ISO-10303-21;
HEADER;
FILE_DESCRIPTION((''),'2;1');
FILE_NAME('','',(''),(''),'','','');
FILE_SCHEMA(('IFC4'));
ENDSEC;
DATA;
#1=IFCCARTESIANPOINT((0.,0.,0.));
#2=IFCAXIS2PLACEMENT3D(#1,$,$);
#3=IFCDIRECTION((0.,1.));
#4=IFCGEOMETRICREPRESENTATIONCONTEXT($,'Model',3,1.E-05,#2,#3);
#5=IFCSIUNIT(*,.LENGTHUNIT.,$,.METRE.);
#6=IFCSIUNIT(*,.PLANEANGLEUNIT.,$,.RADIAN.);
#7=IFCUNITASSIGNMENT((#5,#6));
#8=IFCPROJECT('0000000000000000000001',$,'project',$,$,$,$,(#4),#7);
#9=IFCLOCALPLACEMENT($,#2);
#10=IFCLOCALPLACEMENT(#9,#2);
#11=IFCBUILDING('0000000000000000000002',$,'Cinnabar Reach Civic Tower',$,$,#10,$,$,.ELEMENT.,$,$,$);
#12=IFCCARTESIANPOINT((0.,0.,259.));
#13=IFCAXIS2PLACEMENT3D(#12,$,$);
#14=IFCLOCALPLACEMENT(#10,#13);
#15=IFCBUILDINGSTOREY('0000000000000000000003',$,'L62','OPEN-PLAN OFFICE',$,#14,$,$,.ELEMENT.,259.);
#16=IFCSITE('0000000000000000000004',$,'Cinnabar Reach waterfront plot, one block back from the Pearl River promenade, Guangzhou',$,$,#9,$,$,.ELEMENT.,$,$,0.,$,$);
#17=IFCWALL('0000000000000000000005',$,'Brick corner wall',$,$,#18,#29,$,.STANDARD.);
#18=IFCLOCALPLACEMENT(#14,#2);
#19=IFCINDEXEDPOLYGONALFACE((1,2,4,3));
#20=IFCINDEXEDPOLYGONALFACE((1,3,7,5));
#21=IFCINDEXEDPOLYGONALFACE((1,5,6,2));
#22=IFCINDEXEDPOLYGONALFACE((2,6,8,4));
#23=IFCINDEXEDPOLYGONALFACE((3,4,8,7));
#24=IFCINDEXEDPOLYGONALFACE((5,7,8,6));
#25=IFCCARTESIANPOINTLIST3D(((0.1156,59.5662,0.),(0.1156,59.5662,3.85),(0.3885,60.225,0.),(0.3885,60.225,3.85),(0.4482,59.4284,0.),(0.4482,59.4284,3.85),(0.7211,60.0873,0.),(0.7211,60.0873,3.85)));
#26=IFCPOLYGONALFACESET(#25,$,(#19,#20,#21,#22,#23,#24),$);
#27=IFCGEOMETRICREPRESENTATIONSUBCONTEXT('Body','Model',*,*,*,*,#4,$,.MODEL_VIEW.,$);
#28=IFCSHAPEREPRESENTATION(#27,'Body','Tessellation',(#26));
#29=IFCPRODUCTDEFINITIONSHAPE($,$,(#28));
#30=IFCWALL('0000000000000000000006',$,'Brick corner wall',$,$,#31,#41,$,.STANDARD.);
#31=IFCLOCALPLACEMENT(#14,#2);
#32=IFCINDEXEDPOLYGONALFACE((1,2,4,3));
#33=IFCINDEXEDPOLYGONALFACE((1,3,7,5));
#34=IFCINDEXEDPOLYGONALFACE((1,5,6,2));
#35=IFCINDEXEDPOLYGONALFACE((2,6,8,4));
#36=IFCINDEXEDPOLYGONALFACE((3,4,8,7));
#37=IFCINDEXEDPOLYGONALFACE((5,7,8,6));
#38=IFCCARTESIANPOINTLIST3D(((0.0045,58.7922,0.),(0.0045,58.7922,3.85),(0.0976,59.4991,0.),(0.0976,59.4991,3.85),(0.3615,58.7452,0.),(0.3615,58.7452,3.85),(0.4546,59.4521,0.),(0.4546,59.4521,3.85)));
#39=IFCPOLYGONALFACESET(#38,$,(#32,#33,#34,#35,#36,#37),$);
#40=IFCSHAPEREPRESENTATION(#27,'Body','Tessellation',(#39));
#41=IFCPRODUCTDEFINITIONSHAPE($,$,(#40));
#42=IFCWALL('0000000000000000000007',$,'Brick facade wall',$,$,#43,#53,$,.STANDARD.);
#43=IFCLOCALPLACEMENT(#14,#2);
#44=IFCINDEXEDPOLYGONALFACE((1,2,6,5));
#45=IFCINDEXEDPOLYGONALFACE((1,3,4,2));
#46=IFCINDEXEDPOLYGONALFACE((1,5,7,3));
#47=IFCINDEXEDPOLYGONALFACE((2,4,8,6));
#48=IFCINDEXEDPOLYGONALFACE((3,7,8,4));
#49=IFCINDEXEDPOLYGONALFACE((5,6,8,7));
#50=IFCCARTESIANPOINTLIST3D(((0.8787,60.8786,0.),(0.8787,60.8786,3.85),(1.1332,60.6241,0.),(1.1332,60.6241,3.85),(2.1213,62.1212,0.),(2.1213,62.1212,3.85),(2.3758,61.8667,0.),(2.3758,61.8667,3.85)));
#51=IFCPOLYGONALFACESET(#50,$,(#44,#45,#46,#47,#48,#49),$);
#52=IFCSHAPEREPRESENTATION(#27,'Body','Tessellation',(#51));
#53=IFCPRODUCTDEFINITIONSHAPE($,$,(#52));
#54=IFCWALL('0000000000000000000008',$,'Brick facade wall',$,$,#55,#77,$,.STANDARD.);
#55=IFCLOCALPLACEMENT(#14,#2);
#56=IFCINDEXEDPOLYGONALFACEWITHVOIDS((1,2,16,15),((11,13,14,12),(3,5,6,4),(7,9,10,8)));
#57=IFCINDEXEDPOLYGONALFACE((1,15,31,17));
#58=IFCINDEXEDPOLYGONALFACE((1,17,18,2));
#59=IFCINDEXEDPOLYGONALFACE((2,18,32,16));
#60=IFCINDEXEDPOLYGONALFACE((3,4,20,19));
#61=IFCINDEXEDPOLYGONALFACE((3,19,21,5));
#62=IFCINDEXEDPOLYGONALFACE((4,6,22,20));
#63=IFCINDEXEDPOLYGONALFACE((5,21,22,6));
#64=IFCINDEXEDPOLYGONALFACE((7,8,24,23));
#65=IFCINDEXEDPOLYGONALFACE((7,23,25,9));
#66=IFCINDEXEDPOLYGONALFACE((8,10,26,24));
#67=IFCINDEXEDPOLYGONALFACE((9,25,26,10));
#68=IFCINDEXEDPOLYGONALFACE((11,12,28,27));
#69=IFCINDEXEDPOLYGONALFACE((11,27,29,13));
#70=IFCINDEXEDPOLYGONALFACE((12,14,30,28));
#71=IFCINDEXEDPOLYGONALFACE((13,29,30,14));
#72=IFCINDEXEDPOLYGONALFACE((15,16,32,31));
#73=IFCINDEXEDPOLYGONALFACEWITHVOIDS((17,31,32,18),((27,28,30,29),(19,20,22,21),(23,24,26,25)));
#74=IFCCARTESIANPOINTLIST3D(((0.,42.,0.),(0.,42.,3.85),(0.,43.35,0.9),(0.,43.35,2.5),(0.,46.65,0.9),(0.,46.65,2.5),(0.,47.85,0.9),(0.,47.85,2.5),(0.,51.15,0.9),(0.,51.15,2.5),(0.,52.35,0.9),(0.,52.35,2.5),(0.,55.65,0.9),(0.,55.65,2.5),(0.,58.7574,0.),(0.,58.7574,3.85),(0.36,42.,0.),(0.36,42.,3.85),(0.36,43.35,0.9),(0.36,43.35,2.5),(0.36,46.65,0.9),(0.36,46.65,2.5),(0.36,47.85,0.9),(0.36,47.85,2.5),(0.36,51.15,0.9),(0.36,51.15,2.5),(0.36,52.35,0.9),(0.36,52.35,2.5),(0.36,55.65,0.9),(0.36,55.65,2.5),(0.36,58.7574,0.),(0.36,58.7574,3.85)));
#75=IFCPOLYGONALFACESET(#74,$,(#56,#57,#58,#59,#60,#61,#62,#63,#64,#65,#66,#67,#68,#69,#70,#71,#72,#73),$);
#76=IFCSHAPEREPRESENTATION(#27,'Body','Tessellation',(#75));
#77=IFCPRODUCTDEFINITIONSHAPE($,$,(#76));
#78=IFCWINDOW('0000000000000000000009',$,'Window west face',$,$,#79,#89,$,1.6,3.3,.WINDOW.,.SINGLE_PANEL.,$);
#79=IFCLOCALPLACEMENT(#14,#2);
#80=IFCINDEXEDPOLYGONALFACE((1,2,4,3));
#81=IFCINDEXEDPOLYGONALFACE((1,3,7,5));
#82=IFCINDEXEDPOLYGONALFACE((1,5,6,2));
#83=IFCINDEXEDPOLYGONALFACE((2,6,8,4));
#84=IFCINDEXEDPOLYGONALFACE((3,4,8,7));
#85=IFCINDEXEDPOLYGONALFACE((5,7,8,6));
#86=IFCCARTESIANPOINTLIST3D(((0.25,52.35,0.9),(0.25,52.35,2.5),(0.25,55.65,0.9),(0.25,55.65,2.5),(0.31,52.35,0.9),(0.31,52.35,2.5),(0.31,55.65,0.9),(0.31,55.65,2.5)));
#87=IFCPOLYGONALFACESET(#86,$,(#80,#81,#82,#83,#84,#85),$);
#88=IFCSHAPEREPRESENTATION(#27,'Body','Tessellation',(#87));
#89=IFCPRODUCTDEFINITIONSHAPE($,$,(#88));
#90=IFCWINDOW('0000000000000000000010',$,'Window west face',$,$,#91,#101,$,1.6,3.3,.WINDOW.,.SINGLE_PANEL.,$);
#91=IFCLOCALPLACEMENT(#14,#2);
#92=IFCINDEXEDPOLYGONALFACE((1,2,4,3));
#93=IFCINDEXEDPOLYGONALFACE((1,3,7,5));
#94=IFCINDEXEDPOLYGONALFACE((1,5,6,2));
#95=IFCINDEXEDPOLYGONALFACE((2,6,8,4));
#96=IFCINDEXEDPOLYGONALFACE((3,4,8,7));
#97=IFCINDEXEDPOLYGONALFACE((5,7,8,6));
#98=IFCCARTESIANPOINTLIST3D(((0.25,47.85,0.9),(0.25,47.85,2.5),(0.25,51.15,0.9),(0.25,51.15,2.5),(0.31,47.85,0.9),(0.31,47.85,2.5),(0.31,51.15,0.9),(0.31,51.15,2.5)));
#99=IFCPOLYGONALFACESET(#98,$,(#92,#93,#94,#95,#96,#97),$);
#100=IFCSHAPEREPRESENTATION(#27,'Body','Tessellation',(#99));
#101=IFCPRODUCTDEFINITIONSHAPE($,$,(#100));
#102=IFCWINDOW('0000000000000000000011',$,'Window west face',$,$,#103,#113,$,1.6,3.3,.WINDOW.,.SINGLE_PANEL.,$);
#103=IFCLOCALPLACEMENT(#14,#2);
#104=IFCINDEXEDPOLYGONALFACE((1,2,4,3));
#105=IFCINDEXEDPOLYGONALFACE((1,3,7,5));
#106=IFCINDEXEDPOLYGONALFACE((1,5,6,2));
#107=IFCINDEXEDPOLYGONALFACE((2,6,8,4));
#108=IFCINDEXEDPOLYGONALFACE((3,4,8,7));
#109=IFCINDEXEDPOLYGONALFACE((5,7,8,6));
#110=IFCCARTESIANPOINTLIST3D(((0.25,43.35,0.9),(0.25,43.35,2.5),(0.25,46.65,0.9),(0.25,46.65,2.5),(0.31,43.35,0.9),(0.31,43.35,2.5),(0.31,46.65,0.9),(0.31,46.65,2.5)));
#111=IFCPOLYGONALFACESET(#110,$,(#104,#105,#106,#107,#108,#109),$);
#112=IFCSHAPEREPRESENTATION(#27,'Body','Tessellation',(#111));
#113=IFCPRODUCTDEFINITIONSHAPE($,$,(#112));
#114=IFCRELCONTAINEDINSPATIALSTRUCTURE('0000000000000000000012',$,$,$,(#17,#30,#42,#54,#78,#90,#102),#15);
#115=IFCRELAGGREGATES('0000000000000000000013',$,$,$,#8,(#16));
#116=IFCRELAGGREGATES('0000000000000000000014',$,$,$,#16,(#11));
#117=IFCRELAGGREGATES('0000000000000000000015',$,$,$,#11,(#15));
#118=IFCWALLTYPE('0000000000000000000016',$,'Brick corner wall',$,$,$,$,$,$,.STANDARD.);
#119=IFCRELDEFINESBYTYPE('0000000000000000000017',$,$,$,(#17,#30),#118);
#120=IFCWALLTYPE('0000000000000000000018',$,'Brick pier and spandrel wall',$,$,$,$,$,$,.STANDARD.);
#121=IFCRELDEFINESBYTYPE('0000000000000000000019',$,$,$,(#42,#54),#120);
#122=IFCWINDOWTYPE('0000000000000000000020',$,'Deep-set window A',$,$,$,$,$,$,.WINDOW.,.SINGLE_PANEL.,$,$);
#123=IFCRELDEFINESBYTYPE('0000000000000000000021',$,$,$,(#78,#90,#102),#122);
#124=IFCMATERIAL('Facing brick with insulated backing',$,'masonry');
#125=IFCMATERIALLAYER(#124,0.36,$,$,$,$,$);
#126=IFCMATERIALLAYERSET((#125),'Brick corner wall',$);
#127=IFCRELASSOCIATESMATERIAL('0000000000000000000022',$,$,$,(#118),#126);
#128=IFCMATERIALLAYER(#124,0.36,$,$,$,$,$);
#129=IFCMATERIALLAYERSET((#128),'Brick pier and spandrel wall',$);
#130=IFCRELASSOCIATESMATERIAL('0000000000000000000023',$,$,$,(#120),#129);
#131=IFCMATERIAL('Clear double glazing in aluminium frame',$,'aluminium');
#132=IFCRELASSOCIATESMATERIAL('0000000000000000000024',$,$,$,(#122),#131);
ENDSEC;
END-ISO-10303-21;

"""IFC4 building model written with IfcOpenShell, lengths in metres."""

from ifc_helpers import new_model, si_unit, direction, frame, frame_2d, origin, place, context, subcontext, project, spatial, rectangle, extrude, material, layer, layer_set, type_object, element, fill, save


model = new_model("IFC4")

# Units and contexts
model_context = context("Model", 3, precision=1e-05, world=origin(), true_north=direction((0.0, 1.0)))
body_context = subcontext(model_context, "Body", "Model", "MODEL_VIEW")
ifc_project = project(units=[si_unit("LENGTHUNIT", "METRE"), si_unit("PLANEANGLEUNIT", "RADIAN")], contexts=[model_context])

# Site, building, storey
site_placement = place(None, origin())
site = spatial("IfcSite", under=ifc_project, at=site_placement, Name="Cinnabar Reach waterfront plot, one block back from the Pearl River promenade, Guangzhou", CompositionType="ELEMENT", RefElevation=0.0)
building_placement = place(site_placement, origin())
building = spatial("IfcBuilding", under=site, at=building_placement, Name="Cinnabar Reach Civic Tower", CompositionType="ELEMENT")
storey_placement = place(building_placement, frame((0.0, 0.0, 259.0)))
storey = spatial("IfcBuildingStorey", under=building, at=storey_placement, Name="L62", Description="OPEN-PLAN OFFICE", CompositionType="ELEMENT", Elevation=259.0)

# Walls
ifc_material_1 = material(Name="Facing brick with insulated backing", Category="masonry")
ifc_layer_1 = layer(ifc_material_1, 0.36)
ifc_layer_set_1 = layer_set([ifc_layer_1], Name="Brick corner wall")
wall_type_1 = type_object("IfcWallType", Name="Brick corner wall", PredefinedType="STANDARD", material=ifc_layer_set_1)
for number, where, z_axis, x_axis, name in (
    (1, (0.5548, 60.1561, 0.0), (0.0, 0.0, 1.0), (-0.382703, -0.923872, 0.0), "Brick corner wall"),
    (2, (0.2761, 59.4756, 0.0), (0.0, 0.0, 1.0), (-0.130556, -0.991441, 0.0), "Brick corner wall"),
):
    element("IfcWall", number, at=place(storey_placement, frame(where, z_axis=z_axis, x_axis=x_axis)), inside=storey, type_object=wall_type_1, Name=name, PredefinedType="STANDARD", context=body_context, shape_type="SweptSolid", body=[
        extrude(rectangle(XDim=0.7131, YDim=0.36, at=frame_2d((0.3565, 0.0))), origin(), (0.0, 0.0, 1.0), 3.85),
    ])
ifc_layer_2 = layer(ifc_material_1, 0.36)
ifc_layer_set_2 = layer_set([ifc_layer_2], Name="Brick pier and spandrel wall")
wall_type_2 = type_object("IfcWallType", Name="Brick pier and spandrel wall", PredefinedType="STANDARD", material=ifc_layer_set_2)
wall_1_placement = place(storey_placement, frame((2.2486, 61.994, 0.0), z_axis=(0.0, 0.0, 1.0), x_axis=(-0.707107, -0.707107, 0.0)))
element("IfcWall", 3, at=wall_1_placement, inside=storey, type_object=wall_type_2, Name="Brick facade wall", PredefinedType="STANDARD", context=body_context, shape_type="SweptSolid", body=[
    extrude(rectangle(XDim=1.7573, YDim=0.36, at=frame_2d((0.8787, 0.0))), origin(), (0.0, 0.0, 1.0), 3.85),
])

# Wall, openings, windows
wall_2_placement = place(storey_placement, frame((0.18, 58.7574, 0.0), z_axis=(0.0, 0.0, 1.0), x_axis=(0.0, -1.0, 0.0)))
wall_2 = element("IfcWall", 4, at=wall_2_placement, inside=storey, type_object=wall_type_2, Name="Brick facade wall", PredefinedType="STANDARD", context=body_context, shape_type="SweptSolid", body=[
    extrude(rectangle(XDim=16.7574, YDim=0.36, at=frame_2d((8.3787, 0.0))), origin(), (0.0, 0.0, 1.0), 3.85),
])
opening_1_placement = place(wall_2_placement, frame((3.1074, 0.0, 0.9)))
opening_1 = element("IfcOpeningElement", 5, at=opening_1_placement, cuts=wall_2, PredefinedType="OPENING", context=body_context, shape_type="SweptSolid", body=[
    extrude(rectangle(XDim=3.3, YDim=1.6, at=frame_2d((1.65, 0.8))), frame((0.0, 0.19, 0.0), z_axis=(0.0, -1.0, 0.0), x_axis=(1.0, 0.0, 0.0)), (0.0, 0.0, 1.0), 0.38),
])
opening_2_placement = place(wall_2_placement, frame((7.6074, 0.0, 0.9)))
opening_2 = element("IfcOpeningElement", 6, at=opening_2_placement, cuts=wall_2, PredefinedType="OPENING", context=body_context, shape_type="SweptSolid", body=[
    extrude(rectangle(XDim=3.3, YDim=1.6, at=frame_2d((1.65, 0.8))), frame((0.0, 0.19, 0.0), z_axis=(0.0, -1.0, 0.0), x_axis=(1.0, 0.0, 0.0)), (0.0, 0.0, 1.0), 0.38),
])
opening_3_placement = place(wall_2_placement, frame((12.1074, 0.0, 0.9)))
opening_3 = element("IfcOpeningElement", 7, at=opening_3_placement, cuts=wall_2, PredefinedType="OPENING", context=body_context, shape_type="SweptSolid", body=[
    extrude(rectangle(XDim=3.3, YDim=1.6, at=frame_2d((1.65, 0.8))), frame((0.0, 0.19, 0.0), z_axis=(0.0, -1.0, 0.0), x_axis=(1.0, 0.0, 0.0)), (0.0, 0.0, 1.0), 0.38),
])
ifc_material_2 = material(Name="Clear double glazing in aluminium frame", Category="aluminium")
window_type = type_object("IfcWindowType", Name="Deep-set window A", PartitioningType="SINGLE_PANEL", PredefinedType="WINDOW", material=ifc_material_2)
window_1_placement = place(opening_1_placement, origin())
window_1 = element("IfcWindow", 8, at=window_1_placement, inside=storey, type_object=window_type, Name="Window west face", OverallHeight=1.6, OverallWidth=3.3, PartitioningType="SINGLE_PANEL", PredefinedType="WINDOW", context=body_context, shape_type="SweptSolid", body=[
    extrude(rectangle(XDim=3.3, YDim=1.6, at=frame_2d((1.65, 0.8))), frame((0.0, 0.13, 0.0), z_axis=(0.0, -1.0, 0.0), x_axis=(1.0, 0.0, 0.0)), (0.0, 0.0, 1.0), 0.06),
])
fill(opening_1, window_1)
window_2_placement = place(opening_2_placement, origin())
window_2 = element("IfcWindow", 9, at=window_2_placement, inside=storey, type_object=window_type, Name="Window west face", OverallHeight=1.6, OverallWidth=3.3, PartitioningType="SINGLE_PANEL", PredefinedType="WINDOW", context=body_context, shape_type="SweptSolid", body=[
    extrude(rectangle(XDim=3.3, YDim=1.6, at=frame_2d((1.65, 0.8))), frame((0.0, 0.13, 0.0), z_axis=(0.0, -1.0, 0.0), x_axis=(1.0, 0.0, 0.0)), (0.0, 0.0, 1.0), 0.06),
])
fill(opening_2, window_2)
window_3_placement = place(opening_3_placement, origin())
window_3 = element("IfcWindow", 10, at=window_3_placement, inside=storey, type_object=window_type, Name="Window west face", OverallHeight=1.6, OverallWidth=3.3, PartitioningType="SINGLE_PANEL", PredefinedType="WINDOW", context=body_context, shape_type="SweptSolid", body=[
    extrude(rectangle(XDim=3.3, YDim=1.6, at=frame_2d((1.65, 0.8))), frame((0.0, 0.13, 0.0), z_axis=(0.0, -1.0, 0.0), x_axis=(1.0, 0.0, 0.0)), (0.0, 0.0, 1.0), 0.06),
])
fill(opening_3, window_3)

save(model, "model.ifc")
